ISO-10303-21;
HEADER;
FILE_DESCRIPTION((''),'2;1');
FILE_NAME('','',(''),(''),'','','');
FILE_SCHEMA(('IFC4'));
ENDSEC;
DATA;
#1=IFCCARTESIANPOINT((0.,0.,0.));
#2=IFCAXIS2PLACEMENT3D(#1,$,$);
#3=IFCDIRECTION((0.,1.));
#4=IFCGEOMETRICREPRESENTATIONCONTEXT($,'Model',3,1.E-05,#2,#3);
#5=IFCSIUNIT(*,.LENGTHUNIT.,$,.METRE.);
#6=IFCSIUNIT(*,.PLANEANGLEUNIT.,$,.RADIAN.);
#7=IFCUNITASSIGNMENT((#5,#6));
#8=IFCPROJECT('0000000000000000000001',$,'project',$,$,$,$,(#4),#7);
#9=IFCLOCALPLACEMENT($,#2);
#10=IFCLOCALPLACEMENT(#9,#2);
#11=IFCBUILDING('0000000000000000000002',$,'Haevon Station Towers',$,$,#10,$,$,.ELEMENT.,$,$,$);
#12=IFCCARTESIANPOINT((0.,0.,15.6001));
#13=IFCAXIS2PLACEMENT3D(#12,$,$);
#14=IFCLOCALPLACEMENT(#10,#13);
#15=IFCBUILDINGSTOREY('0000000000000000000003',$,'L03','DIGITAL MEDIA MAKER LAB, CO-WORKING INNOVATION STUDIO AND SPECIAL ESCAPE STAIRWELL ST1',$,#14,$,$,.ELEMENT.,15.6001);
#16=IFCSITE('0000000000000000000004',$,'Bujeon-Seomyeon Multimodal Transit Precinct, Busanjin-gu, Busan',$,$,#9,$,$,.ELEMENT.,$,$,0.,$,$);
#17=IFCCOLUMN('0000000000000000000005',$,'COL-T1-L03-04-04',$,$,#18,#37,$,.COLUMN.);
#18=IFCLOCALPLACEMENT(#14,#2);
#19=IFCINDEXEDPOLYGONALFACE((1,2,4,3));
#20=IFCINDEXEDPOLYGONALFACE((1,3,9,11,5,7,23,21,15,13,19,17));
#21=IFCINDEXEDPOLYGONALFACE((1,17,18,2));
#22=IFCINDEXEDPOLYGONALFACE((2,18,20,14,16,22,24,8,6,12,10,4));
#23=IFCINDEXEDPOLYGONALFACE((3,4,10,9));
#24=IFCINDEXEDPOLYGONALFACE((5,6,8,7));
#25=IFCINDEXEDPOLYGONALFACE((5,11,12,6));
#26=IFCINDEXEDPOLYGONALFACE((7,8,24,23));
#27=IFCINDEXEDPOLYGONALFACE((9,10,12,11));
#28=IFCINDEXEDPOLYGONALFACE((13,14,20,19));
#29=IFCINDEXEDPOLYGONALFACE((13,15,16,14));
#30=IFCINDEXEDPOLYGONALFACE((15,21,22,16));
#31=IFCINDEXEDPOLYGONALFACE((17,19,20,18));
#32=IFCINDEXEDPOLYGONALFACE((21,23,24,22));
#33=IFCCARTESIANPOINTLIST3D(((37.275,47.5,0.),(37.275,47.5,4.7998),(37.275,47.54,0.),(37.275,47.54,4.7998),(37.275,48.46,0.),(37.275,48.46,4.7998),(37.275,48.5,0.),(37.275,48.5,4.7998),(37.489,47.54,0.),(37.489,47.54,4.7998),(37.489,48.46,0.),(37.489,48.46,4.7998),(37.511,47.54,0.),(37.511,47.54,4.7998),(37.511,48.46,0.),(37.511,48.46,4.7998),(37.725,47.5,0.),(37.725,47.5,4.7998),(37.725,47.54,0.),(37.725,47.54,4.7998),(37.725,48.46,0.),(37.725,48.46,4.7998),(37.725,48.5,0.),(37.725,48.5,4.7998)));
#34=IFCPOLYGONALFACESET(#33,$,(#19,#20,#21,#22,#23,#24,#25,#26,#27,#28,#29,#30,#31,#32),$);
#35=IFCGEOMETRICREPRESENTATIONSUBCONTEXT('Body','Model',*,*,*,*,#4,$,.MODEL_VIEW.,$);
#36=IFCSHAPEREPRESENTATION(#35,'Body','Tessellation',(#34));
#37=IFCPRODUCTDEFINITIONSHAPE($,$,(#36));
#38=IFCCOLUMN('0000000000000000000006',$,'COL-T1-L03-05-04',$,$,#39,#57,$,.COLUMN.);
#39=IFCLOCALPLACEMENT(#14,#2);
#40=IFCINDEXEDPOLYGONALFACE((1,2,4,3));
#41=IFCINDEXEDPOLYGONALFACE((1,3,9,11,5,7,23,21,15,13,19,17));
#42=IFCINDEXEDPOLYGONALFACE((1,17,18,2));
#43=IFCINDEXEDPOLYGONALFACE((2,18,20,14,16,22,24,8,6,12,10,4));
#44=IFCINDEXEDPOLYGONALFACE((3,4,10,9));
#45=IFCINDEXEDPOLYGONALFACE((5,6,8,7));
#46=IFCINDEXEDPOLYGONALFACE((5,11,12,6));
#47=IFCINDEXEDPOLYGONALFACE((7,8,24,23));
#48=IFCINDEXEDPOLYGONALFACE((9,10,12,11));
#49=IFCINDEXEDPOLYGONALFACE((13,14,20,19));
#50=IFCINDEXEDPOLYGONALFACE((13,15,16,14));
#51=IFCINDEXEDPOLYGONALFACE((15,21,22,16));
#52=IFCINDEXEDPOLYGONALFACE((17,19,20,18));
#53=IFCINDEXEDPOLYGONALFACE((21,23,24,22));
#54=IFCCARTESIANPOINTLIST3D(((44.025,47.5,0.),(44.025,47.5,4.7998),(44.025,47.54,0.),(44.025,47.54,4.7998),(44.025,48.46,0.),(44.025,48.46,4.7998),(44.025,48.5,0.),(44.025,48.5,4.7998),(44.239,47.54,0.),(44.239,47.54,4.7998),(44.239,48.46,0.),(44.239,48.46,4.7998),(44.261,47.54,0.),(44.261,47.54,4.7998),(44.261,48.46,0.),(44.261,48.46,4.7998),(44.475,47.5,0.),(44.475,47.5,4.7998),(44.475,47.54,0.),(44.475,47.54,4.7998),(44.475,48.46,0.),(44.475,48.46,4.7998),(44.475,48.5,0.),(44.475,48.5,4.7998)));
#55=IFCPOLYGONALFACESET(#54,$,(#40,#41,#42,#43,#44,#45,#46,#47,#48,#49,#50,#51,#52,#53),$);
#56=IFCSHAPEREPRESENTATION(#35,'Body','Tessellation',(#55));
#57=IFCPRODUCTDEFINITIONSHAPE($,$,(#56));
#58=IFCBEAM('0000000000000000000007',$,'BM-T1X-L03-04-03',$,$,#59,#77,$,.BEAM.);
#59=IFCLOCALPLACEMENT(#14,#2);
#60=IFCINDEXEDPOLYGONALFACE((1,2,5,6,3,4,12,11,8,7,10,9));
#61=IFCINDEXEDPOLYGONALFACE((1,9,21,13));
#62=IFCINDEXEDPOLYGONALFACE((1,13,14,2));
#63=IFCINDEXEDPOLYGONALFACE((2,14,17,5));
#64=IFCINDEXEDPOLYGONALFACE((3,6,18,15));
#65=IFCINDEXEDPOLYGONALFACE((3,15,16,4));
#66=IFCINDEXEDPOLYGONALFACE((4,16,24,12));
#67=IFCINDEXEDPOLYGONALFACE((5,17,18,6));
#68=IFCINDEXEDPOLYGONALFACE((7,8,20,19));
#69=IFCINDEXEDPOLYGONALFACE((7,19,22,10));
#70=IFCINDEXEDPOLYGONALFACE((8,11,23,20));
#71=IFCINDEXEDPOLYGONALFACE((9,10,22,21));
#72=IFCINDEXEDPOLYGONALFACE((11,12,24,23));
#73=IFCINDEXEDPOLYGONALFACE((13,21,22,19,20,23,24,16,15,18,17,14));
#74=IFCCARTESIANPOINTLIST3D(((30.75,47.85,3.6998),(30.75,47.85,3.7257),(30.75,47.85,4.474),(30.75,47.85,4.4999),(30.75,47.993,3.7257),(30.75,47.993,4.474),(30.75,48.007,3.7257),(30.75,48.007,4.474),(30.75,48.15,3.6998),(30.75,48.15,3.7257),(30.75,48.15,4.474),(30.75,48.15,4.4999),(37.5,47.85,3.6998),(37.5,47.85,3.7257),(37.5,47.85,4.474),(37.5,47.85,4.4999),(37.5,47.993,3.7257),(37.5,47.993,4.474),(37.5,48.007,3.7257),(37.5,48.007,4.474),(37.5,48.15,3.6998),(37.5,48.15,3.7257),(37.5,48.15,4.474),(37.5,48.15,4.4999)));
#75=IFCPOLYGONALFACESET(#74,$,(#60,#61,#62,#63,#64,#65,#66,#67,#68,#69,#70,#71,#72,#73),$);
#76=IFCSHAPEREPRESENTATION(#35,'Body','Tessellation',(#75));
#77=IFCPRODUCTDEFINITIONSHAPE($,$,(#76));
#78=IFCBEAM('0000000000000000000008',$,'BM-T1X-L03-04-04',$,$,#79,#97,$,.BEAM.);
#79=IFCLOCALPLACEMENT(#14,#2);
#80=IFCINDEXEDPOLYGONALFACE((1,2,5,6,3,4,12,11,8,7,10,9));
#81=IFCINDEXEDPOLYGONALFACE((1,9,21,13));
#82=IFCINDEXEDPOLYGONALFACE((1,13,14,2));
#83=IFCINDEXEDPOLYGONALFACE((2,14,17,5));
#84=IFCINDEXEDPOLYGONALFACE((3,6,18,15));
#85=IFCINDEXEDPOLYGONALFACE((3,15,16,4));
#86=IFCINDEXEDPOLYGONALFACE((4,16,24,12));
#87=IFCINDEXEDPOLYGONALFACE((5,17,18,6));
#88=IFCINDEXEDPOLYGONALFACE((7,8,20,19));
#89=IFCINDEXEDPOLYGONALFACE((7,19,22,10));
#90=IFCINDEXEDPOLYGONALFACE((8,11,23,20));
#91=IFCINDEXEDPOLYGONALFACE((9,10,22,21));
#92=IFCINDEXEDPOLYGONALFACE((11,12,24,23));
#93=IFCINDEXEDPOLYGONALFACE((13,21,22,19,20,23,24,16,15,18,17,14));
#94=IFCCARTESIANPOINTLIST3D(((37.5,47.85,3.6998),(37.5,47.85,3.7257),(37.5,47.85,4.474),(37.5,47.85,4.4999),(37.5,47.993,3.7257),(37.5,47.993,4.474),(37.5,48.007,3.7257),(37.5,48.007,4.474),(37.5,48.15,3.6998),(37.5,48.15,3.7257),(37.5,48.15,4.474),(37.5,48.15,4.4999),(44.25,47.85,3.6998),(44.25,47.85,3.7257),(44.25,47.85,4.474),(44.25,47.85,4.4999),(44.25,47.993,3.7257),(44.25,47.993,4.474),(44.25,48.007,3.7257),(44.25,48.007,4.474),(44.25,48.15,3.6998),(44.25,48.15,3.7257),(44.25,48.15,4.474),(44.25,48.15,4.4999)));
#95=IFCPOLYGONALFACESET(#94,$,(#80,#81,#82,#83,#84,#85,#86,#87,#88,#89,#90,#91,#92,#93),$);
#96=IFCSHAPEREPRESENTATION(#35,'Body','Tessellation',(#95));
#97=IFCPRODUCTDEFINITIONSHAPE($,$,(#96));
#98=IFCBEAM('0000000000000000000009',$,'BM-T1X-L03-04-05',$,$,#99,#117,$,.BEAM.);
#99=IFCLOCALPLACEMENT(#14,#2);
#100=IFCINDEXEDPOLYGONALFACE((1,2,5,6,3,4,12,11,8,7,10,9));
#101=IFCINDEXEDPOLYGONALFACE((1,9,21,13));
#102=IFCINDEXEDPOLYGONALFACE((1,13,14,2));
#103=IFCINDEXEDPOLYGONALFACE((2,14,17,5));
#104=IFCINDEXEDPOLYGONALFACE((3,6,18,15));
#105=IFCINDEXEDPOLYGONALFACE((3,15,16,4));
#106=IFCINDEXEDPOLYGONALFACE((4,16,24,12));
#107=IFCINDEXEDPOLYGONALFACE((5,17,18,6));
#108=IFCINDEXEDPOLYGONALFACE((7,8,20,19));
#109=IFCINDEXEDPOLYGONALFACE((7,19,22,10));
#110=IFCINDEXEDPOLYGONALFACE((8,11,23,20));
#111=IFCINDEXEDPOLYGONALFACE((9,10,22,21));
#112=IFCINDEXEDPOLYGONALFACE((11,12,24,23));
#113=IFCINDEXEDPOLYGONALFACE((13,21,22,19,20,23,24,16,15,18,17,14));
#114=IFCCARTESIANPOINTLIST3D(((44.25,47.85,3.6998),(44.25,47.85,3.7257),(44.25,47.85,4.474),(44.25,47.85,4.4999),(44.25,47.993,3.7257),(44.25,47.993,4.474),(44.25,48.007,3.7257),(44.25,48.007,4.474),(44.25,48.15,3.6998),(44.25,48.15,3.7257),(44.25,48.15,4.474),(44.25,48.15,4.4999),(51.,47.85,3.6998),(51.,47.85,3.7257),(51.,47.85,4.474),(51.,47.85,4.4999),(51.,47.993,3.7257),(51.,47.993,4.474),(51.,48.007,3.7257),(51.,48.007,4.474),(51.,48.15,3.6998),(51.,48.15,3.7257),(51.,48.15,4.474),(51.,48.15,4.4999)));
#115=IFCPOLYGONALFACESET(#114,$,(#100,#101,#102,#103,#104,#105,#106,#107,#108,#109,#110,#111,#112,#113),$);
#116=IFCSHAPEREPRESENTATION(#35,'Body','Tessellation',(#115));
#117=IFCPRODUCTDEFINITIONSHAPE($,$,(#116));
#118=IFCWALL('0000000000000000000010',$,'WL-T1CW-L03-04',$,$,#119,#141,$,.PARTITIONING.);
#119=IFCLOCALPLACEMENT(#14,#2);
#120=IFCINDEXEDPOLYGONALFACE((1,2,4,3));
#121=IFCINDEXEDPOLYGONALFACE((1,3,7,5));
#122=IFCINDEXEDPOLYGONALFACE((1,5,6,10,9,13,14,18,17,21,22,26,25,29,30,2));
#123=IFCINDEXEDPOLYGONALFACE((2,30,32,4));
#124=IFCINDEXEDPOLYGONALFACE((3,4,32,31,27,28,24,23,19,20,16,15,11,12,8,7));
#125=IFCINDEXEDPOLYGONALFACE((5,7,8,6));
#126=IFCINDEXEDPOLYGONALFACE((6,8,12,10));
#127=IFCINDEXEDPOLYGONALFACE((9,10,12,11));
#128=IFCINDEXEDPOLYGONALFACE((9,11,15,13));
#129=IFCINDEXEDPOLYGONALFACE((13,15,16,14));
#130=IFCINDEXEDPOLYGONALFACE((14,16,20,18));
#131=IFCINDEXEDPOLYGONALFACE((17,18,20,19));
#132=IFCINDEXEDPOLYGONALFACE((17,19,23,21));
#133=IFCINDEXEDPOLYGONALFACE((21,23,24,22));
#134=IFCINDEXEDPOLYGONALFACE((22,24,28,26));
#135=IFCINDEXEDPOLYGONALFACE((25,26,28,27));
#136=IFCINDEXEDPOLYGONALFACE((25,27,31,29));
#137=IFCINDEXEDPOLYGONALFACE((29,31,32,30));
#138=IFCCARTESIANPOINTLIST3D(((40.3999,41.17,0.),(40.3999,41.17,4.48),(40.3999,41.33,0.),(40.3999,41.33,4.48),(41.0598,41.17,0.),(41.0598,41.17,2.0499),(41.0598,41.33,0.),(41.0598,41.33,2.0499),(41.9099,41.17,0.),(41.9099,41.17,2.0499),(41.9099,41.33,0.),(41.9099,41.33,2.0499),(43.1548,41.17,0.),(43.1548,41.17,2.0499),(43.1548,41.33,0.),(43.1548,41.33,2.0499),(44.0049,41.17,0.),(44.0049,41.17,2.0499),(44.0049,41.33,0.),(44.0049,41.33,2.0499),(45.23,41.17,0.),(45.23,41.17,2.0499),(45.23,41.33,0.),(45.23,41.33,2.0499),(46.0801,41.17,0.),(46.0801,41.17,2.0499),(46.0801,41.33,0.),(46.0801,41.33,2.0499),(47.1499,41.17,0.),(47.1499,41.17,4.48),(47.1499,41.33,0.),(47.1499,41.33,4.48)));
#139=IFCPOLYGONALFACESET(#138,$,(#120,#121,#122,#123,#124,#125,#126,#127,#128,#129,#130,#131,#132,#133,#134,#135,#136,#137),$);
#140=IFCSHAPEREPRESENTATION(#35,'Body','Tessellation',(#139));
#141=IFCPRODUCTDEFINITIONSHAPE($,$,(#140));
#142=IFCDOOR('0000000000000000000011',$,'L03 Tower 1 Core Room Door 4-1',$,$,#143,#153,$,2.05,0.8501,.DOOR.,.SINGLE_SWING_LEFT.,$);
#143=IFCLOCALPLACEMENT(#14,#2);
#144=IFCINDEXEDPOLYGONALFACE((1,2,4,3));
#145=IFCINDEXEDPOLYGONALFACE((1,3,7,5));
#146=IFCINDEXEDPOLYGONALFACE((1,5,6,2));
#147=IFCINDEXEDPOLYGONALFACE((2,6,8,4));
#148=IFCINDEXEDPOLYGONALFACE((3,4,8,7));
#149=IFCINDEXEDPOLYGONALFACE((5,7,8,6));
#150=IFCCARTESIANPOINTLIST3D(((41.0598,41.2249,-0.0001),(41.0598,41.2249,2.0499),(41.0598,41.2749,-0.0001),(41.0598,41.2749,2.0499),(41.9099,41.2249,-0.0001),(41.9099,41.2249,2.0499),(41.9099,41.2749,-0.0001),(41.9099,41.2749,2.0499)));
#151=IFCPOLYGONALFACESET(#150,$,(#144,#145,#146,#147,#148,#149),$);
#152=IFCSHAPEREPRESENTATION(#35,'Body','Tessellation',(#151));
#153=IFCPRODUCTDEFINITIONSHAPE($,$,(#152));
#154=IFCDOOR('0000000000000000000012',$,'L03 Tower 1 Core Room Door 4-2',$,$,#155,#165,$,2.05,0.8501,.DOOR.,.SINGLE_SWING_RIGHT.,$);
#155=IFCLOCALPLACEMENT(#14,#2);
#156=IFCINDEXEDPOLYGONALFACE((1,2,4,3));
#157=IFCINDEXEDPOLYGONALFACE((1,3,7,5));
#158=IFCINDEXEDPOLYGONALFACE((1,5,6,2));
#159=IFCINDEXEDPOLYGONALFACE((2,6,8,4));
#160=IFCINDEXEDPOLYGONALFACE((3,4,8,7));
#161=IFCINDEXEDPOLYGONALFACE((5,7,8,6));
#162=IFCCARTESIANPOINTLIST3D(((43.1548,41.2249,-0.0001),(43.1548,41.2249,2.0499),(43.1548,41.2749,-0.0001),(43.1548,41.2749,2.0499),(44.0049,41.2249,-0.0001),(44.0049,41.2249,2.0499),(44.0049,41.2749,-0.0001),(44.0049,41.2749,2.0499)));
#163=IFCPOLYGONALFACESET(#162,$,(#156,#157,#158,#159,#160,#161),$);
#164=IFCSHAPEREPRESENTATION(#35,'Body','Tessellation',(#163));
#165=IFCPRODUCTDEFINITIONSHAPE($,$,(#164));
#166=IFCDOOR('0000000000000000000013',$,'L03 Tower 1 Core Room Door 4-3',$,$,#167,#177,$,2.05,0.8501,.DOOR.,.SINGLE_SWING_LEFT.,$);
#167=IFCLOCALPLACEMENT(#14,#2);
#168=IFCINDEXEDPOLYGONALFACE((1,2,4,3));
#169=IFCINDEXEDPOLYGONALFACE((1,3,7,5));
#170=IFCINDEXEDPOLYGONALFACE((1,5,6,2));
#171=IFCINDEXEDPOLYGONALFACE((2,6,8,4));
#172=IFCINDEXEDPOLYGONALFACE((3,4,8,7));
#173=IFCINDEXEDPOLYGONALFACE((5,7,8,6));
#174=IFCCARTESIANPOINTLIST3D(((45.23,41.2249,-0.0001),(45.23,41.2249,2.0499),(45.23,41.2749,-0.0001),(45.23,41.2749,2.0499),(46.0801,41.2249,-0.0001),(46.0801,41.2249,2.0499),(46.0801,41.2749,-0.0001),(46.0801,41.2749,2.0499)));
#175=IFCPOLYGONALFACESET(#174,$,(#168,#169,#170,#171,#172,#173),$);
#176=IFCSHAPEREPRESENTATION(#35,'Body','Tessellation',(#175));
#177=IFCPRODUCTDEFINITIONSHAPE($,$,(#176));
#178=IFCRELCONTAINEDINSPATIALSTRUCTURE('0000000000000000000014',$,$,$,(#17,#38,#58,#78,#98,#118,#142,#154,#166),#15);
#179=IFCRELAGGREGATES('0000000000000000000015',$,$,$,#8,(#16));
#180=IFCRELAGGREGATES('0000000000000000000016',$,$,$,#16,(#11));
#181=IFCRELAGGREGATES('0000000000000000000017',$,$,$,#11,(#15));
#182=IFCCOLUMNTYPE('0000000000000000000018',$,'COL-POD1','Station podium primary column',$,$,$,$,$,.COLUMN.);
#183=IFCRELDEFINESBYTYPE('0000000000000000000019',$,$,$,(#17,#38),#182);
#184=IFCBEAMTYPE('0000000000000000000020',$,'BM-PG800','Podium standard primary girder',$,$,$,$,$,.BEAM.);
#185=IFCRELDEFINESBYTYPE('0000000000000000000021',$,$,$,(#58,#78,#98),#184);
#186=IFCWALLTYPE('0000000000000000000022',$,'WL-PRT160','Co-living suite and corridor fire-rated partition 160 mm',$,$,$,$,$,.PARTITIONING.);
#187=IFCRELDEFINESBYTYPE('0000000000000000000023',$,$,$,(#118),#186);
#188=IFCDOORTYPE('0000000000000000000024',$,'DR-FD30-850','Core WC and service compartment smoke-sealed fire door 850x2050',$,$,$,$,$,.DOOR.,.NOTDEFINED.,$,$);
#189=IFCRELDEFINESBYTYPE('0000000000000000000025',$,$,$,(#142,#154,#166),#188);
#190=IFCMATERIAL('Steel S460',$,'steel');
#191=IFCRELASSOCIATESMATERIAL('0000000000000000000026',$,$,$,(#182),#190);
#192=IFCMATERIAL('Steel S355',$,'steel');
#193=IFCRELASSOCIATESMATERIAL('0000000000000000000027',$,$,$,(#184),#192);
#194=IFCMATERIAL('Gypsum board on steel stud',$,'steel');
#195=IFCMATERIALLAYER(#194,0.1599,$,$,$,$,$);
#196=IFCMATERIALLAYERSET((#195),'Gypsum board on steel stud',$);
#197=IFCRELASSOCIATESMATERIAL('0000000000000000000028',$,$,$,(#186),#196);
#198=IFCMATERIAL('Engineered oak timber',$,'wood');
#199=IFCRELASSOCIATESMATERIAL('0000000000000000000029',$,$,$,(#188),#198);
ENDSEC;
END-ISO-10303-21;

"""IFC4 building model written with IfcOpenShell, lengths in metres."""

from ifc_helpers import new_model, si_unit, direction, frame, frame_2d, origin, origin_2d, place, context, subcontext, project, spatial, rectangle, i_section, extrude, material, layer, layer_set, material_profile, profile_set, type_object, element, fill, save


model = new_model("IFC4")

# Units and contexts
model_context = context("Model", 3, precision=1e-05, world=origin(), true_north=direction((0.0, 1.0)))
body_context = subcontext(model_context, "Body", "Model", "MODEL_VIEW")
ifc_project = project(units=[si_unit("LENGTHUNIT", "METRE"), si_unit("PLANEANGLEUNIT", "RADIAN")], contexts=[model_context])

# Site, building, storey
site_placement = place(None, origin())
site = spatial("IfcSite", under=ifc_project, at=site_placement, Name="Bujeon-Seomyeon Multimodal Transit Precinct, Busanjin-gu, Busan", CompositionType="ELEMENT", RefElevation=0.0)
building_placement = place(site_placement, origin())
building = spatial("IfcBuilding", under=site, at=building_placement, Name="Haevon Station Towers", CompositionType="ELEMENT")
storey_placement = place(building_placement, frame((0.0, 0.0, 15.6001)))
storey = spatial("IfcBuildingStorey", under=building, at=storey_placement, Name="L03", Description="DIGITAL MEDIA MAKER LAB, CO-WORKING INNOVATION STUDIO AND SPECIAL ESCAPE STAIRWELL ST1", CompositionType="ELEMENT", Elevation=15.6001)

# Columns
ifc_material_1 = material(Name="Steel S460", Category="steel")
ifc_material_profile_1 = material_profile(ifc_material_1, i_section(OverallWidth=0.45, OverallDepth=1.0, WebThickness=0.022, FlangeThickness=0.04, at=origin_2d()), Name="H-1000x450x22x40")
ifc_profile_set_1 = profile_set([ifc_material_profile_1], Name="Steel S460")
column_type = type_object("IfcColumnType", Name="COL-POD1", Description="Station podium primary column", PredefinedType="COLUMN", material=ifc_profile_set_1)
for number, where, z_axis, x_axis, name in (
    (1, (37.5, 48.0, 0.0), (0.0, 0.0, 1.0), (1.0, 0.0, 0.0), "COL-T1-L03-04-04"),
    (2, (44.25, 48.0, 0.0), (0.0, 0.0, 1.0), (1.0, 0.0, 0.0), "COL-T1-L03-05-04"),
):
    element("IfcColumn", number, at=place(storey_placement, frame(where, z_axis=z_axis, x_axis=x_axis)), inside=storey, type_object=column_type, Name=name, PredefinedType="COLUMN", context=body_context, shape_type="SweptSolid", body=[
        extrude(i_section(OverallWidth=0.45, OverallDepth=1.0, WebThickness=0.022, FlangeThickness=0.04, at=origin_2d()), origin(), (0.0, 0.0, 1.0), 4.7998),
    ])

# Beams
ifc_material_2 = material(Name="Steel S355", Category="steel")
ifc_material_profile_2 = material_profile(ifc_material_2, i_section(OverallWidth=0.3, OverallDepth=0.8, WebThickness=0.0139, FlangeThickness=0.0259, at=origin_2d()), Name="H-800x300x14x26")
ifc_profile_set_2 = profile_set([ifc_material_profile_2], Name="Steel S355")
beam_type = type_object("IfcBeamType", Name="BM-PG800", Description="Podium standard primary girder", PredefinedType="BEAM", material=ifc_profile_set_2)
for number, where, z_axis, x_axis, name in (
    (3, (30.75, 48.0, 4.0999), (1.0, 0.0, 0.0), (0.0, 1.0, 0.0), "BM-T1X-L03-04-03"),
    (4, (37.5, 48.0, 4.0999), (1.0, 0.0, 0.0), (0.0, 1.0, 0.0), "BM-T1X-L03-04-04"),
    (5, (44.25, 48.0, 4.0999), (1.0, 0.0, 0.0), (0.0, 1.0, 0.0), "BM-T1X-L03-04-05"),
):
    element("IfcBeam", number, at=place(storey_placement, frame(where, z_axis=z_axis, x_axis=x_axis)), inside=storey, type_object=beam_type, Name=name, PredefinedType="BEAM", context=body_context, shape_type="SweptSolid", body=[
        extrude(i_section(OverallWidth=0.3, OverallDepth=0.8, WebThickness=0.0139, FlangeThickness=0.0259, at=origin_2d()), origin(), (0.0, 0.0, 1.0), 6.75),
    ])

# Wall, openings, doors
ifc_material_3 = material(Name="Gypsum board on steel stud", Category="steel")
ifc_layer_1 = layer(ifc_material_3, 0.1599)
ifc_layer_set_1 = layer_set([ifc_layer_1], Name="Gypsum board on steel stud")
wall_type_1 = type_object("IfcWallType", Name="WL-PRT160", Description="Co-living suite and corridor fire-rated partition 160 mm", PredefinedType="PARTITIONING", material=ifc_layer_set_1)
wall_1_placement = place(storey_placement, frame((40.3999, 41.25, 0.0), z_axis=(0.0, 0.0, 1.0), x_axis=(1.0, 0.0, 0.0)))
wall_1 = element("IfcWall", 6, at=wall_1_placement, inside=storey, type_object=wall_type_1, Name="WL-T1CW-L03-04", PredefinedType="PARTITIONING", context=body_context, shape_type="SweptSolid", body=[
    extrude(rectangle(XDim=6.75, YDim=0.1599, at=frame_2d((3.375, 0.0))), origin(), (0.0, 0.0, 1.0), 4.48),
])
opening_1_placement = place(wall_1_placement, frame((0.6599, 0.0, 0.0)))
opening_1 = element("IfcOpeningElement", 7, at=opening_1_placement, cuts=wall_1, PredefinedType="OPENING", context=body_context, shape_type="SweptSolid", body=[
    extrude(rectangle(XDim=0.8501, YDim=2.05, at=frame_2d((0.425, 1.0249))), frame((0.0, 0.0898, 0.0), z_axis=(0.0, -1.0, 0.0), x_axis=(1.0, 0.0, 0.0)), (0.0, 0.0, 1.0), 0.1799),
])
opening_2_placement = place(wall_1_placement, frame((2.7549, 0.0, 0.0)))
opening_2 = element("IfcOpeningElement", 8, at=opening_2_placement, cuts=wall_1, PredefinedType="OPENING", context=body_context, shape_type="SweptSolid", body=[
    extrude(rectangle(XDim=0.8501, YDim=2.05, at=frame_2d((0.425, 1.0249))), frame((0.0, 0.0898, 0.0), z_axis=(0.0, -1.0, 0.0), x_axis=(1.0, 0.0, 0.0)), (0.0, 0.0, 1.0), 0.1799),
])
opening_3_placement = place(wall_1_placement, frame((4.8301, 0.0, 0.0)))
opening_3 = element("IfcOpeningElement", 9, at=opening_3_placement, cuts=wall_1, PredefinedType="OPENING", context=body_context, shape_type="SweptSolid", body=[
    extrude(rectangle(XDim=0.8501, YDim=2.05, at=frame_2d((0.425, 1.0249))), frame((0.0, 0.0898, 0.0), z_axis=(0.0, -1.0, 0.0), x_axis=(1.0, 0.0, 0.0)), (0.0, 0.0, 1.0), 0.1799),
])
ifc_material_4 = material(Name="Engineered oak timber", Category="wood")
door_type_1 = type_object("IfcDoorType", Name="DR-FD30-850", Description="Core WC and service compartment smoke-sealed fire door 850x2050", OperationType="NOTDEFINED", PredefinedType="DOOR", material=ifc_material_4)
door_1_placement = place(opening_1_placement, origin())
door_1 = element("IfcDoor", 10, at=door_1_placement, inside=storey, type_object=door_type_1, Name="L03 Tower 1 Core Room Door 4-1", OperationType="SINGLE_SWING_LEFT", OverallHeight=2.05, OverallWidth=0.8501, PredefinedType="DOOR", context=body_context, shape_type="SweptSolid", body=[
    extrude(rectangle(XDim=0.8501, YDim=2.05, at=frame_2d((0.425, 1.0249))), frame((0.0, 0.0249, 0.0), z_axis=(0.0, -1.0, 0.0), x_axis=(1.0, 0.0, 0.0)), (0.0, 0.0, 1.0), 0.05),
])
fill(opening_1, door_1)
door_2_placement = place(opening_2_placement, origin())
door_2 = element("IfcDoor", 11, at=door_2_placement, inside=storey, type_object=door_type_1, Name="L03 Tower 1 Core Room Door 4-2", OperationType="SINGLE_SWING_RIGHT", OverallHeight=2.05, OverallWidth=0.8501, PredefinedType="DOOR", context=body_context, shape_type="SweptSolid", body=[
    extrude(rectangle(XDim=0.8501, YDim=2.05, at=frame_2d((0.425, 1.0249))), frame((0.0, 0.0249, 0.0), z_axis=(0.0, -1.0, 0.0), x_axis=(1.0, 0.0, 0.0)), (0.0, 0.0, 1.0), 0.05),
])
fill(opening_2, door_2)
door_3_placement = place(opening_3_placement, origin())
door_3 = element("IfcDoor", 12, at=door_3_placement, inside=storey, type_object=door_type_1, Name="L03 Tower 1 Core Room Door 4-3", OperationType="SINGLE_SWING_LEFT", OverallHeight=2.05, OverallWidth=0.8501, PredefinedType="DOOR", context=body_context, shape_type="SweptSolid", body=[
    extrude(rectangle(XDim=0.8501, YDim=2.05, at=frame_2d((0.425, 1.0249))), frame((0.0, 0.0249, 0.0), z_axis=(0.0, -1.0, 0.0), x_axis=(1.0, 0.0, 0.0)), (0.0, 0.0, 1.0), 0.05),
])
fill(opening_3, door_3)

save(model, "model.ifc")
